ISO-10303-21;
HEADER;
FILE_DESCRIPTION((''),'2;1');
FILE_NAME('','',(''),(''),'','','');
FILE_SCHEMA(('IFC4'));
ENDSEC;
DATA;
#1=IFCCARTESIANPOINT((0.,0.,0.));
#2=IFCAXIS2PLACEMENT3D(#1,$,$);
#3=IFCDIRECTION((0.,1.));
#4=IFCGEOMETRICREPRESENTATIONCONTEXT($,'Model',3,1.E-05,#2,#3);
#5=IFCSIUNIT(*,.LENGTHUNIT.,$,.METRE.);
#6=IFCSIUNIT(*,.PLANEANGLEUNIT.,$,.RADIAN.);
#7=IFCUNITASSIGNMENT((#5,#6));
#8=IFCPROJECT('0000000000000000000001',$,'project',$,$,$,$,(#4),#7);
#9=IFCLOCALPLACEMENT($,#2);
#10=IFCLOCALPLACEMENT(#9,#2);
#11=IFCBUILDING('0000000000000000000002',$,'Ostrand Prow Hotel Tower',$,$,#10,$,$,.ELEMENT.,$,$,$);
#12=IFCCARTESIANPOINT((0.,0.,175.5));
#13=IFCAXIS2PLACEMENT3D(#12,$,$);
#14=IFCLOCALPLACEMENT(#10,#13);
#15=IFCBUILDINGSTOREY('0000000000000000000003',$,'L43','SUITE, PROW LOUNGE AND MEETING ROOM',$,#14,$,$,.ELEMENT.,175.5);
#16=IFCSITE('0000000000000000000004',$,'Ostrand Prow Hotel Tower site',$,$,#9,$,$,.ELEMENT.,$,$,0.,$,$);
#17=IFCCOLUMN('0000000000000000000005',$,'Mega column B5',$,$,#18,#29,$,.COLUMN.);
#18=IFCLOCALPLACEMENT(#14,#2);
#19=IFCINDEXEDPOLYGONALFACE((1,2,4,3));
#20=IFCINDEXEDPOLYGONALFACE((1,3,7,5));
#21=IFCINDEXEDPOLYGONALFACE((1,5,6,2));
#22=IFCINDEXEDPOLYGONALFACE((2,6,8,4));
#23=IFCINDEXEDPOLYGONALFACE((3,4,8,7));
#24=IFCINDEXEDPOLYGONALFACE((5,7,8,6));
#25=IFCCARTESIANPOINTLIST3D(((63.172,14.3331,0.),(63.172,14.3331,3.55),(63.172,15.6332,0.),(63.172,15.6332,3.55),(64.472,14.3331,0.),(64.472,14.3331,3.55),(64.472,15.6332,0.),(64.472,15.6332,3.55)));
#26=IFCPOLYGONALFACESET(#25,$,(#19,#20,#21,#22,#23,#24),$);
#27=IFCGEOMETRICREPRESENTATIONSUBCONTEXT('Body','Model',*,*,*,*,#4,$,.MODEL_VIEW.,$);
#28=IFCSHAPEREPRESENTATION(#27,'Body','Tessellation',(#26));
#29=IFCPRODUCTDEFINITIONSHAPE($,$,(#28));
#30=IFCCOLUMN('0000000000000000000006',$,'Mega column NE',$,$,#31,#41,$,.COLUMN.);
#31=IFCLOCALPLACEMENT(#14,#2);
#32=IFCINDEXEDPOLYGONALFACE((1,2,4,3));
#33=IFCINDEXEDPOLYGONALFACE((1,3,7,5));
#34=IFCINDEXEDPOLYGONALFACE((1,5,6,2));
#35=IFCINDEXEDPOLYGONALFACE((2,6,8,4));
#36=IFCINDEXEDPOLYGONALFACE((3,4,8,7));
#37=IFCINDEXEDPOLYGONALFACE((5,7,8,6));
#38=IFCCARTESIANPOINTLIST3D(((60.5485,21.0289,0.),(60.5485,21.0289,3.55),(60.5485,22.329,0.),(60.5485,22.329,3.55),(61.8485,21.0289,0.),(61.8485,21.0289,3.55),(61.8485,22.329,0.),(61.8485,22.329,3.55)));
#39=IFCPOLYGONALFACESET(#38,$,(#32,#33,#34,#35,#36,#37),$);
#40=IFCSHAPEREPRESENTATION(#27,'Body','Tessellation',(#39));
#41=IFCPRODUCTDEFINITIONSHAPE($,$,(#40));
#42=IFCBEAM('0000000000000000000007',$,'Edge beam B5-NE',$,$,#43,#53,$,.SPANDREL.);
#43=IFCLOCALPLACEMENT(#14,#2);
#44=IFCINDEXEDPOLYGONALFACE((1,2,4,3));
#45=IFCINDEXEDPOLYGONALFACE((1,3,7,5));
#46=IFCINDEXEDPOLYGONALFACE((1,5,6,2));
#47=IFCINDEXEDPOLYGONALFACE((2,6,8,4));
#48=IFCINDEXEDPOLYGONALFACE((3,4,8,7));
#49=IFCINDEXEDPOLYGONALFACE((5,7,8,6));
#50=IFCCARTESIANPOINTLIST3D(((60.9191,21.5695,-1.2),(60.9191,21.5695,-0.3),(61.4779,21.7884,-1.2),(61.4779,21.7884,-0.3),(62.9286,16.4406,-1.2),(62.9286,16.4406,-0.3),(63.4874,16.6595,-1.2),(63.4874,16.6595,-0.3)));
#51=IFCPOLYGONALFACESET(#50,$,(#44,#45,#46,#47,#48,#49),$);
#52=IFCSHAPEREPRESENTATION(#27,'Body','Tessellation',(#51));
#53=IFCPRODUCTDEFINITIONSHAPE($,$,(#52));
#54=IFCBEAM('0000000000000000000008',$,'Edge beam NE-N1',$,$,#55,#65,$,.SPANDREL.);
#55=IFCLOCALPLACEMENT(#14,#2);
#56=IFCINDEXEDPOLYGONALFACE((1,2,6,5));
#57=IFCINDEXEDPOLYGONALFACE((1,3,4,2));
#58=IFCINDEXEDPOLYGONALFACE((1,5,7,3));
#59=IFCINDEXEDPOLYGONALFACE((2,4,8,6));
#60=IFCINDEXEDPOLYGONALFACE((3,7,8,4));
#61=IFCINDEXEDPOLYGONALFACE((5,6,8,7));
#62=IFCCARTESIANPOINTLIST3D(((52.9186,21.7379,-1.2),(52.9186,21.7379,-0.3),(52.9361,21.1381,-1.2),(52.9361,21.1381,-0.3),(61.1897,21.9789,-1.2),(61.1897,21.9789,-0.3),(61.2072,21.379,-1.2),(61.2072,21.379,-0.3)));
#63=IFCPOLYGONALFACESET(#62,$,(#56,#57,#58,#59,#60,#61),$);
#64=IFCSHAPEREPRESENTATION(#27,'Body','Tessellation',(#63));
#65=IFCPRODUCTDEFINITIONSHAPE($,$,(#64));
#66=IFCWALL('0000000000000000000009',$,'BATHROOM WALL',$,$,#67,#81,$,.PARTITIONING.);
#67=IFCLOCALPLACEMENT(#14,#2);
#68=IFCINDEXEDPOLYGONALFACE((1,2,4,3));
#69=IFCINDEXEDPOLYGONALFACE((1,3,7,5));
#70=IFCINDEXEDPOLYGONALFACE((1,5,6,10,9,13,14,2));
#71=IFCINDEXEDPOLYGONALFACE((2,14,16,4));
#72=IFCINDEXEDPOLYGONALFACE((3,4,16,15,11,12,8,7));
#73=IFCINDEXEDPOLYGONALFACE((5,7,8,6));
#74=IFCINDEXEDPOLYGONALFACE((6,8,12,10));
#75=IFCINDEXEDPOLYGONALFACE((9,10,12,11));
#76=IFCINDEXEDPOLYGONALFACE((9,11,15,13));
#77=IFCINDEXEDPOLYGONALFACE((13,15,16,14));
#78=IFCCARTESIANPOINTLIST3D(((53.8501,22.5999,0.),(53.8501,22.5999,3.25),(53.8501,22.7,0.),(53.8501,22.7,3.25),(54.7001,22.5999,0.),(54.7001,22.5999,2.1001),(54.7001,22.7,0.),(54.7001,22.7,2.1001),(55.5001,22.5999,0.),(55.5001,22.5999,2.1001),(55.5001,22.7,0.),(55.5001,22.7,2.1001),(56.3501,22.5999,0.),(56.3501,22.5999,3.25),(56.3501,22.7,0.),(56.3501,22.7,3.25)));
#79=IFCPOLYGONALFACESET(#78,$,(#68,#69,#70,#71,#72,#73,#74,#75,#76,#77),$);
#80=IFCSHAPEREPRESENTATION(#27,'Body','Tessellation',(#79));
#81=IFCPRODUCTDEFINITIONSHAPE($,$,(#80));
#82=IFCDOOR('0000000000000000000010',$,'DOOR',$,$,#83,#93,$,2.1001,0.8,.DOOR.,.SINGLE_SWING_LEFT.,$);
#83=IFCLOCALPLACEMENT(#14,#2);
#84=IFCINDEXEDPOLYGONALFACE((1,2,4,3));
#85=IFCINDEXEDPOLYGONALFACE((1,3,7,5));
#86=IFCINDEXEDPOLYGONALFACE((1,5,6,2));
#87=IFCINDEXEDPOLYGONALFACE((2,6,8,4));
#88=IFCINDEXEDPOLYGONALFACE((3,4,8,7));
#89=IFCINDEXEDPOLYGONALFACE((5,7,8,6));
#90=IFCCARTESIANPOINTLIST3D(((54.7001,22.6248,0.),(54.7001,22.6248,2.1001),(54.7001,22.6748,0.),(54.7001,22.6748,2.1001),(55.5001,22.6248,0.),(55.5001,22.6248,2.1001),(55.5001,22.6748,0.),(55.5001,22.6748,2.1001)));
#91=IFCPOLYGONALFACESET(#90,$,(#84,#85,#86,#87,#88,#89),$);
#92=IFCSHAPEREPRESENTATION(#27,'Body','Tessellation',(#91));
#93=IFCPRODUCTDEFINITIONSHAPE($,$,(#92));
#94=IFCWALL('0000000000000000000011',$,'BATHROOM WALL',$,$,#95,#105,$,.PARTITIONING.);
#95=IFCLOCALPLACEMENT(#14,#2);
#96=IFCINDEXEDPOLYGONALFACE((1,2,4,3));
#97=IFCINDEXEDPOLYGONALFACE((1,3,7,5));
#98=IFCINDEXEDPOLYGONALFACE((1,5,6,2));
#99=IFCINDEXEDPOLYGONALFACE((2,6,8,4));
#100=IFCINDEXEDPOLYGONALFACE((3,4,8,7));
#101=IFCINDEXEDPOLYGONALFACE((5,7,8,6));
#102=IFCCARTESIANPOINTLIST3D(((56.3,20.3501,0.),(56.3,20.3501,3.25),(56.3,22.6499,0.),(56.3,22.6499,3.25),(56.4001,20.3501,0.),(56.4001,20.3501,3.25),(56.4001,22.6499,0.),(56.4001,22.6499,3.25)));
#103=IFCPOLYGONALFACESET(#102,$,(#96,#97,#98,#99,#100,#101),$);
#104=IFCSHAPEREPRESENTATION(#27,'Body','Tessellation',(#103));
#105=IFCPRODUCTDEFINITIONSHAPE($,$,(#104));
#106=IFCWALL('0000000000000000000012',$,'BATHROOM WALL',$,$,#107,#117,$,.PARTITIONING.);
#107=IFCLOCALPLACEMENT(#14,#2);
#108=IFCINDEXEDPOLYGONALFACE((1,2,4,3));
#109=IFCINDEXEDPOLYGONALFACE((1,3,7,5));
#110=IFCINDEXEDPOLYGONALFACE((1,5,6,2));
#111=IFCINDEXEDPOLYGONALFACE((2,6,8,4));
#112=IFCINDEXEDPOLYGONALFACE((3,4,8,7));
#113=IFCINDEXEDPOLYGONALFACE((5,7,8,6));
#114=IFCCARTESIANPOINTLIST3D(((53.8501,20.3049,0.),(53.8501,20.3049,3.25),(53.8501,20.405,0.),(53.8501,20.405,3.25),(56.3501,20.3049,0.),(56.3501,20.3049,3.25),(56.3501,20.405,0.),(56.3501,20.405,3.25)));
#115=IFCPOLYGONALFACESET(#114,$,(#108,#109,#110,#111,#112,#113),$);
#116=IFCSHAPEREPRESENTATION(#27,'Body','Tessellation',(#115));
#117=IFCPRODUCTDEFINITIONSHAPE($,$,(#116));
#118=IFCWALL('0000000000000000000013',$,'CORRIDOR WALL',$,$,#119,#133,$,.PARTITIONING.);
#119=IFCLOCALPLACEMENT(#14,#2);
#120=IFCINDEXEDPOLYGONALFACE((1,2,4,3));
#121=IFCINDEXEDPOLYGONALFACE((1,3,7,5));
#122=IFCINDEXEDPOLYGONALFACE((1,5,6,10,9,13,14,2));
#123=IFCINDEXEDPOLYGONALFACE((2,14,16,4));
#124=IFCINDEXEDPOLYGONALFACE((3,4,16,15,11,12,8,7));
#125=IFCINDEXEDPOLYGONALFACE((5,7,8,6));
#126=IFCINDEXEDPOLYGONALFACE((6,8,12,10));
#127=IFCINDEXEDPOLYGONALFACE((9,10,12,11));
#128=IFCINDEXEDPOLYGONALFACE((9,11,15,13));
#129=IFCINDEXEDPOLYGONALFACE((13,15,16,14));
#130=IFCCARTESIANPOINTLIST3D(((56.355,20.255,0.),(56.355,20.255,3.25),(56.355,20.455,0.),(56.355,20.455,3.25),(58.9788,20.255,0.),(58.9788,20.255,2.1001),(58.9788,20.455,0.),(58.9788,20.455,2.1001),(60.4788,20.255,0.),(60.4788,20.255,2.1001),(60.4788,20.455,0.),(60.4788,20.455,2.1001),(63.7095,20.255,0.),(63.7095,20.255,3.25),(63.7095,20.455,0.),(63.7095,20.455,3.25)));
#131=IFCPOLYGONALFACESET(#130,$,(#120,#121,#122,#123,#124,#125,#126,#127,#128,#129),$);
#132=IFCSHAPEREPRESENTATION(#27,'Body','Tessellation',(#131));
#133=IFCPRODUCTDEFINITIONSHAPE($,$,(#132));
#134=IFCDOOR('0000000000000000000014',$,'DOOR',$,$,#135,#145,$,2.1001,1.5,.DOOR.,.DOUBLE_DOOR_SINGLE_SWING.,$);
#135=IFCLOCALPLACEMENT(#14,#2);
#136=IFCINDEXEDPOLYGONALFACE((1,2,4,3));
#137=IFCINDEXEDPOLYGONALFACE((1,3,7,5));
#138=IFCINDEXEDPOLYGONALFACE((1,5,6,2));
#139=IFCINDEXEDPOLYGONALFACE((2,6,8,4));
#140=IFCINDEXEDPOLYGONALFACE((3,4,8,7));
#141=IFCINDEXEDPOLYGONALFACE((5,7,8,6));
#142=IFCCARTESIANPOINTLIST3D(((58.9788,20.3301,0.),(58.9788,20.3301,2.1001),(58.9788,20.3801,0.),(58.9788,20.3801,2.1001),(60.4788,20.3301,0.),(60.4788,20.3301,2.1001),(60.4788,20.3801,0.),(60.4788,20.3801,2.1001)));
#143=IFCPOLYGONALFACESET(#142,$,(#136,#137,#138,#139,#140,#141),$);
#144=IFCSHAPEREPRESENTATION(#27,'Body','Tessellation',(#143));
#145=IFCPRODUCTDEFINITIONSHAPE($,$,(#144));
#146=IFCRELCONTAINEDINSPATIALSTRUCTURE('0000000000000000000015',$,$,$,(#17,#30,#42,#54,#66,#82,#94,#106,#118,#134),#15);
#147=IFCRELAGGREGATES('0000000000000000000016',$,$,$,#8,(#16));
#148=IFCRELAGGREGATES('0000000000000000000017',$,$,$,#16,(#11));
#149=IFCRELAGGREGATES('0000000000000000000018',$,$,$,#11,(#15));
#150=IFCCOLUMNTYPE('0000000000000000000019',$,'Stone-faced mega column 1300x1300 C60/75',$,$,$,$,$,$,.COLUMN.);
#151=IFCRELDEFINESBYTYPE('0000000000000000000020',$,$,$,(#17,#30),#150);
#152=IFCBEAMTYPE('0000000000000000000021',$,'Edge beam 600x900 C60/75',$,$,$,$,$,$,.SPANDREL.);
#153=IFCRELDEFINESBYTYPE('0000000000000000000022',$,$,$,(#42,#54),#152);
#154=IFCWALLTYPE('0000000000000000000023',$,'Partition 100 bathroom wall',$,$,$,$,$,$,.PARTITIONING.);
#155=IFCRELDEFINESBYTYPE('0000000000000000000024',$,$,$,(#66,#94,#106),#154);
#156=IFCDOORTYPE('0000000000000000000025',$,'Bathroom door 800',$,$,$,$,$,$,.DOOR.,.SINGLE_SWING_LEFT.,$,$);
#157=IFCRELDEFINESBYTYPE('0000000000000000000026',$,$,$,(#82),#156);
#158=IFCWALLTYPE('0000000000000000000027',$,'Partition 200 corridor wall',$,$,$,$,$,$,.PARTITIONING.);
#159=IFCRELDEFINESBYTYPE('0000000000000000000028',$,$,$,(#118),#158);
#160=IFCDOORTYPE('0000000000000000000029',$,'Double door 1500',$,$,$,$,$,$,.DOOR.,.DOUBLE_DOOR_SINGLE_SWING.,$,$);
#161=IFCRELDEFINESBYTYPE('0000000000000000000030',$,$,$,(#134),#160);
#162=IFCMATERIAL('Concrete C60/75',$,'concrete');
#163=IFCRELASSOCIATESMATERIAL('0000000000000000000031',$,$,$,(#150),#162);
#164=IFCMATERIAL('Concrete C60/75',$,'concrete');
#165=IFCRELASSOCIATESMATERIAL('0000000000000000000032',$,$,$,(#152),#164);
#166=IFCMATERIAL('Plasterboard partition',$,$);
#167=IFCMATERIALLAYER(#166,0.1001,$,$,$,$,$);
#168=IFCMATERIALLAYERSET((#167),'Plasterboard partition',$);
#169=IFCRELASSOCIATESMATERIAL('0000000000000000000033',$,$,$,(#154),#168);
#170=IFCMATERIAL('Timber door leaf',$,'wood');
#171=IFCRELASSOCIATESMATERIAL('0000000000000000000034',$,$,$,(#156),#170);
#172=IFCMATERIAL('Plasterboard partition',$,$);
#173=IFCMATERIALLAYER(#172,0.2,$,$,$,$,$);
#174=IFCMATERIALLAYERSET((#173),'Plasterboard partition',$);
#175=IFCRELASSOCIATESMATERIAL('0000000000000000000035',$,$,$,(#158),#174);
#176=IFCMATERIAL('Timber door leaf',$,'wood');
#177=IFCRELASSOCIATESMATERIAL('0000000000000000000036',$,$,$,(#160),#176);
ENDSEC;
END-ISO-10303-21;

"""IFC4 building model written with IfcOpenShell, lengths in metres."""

from ifc_helpers import new_model, si_unit, direction, frame, frame_2d, origin, origin_2d, place, context, subcontext, project, spatial, rectangle, extrude, material, layer, layer_set, material_profile, profile_set, type_object, element, fill, save


model = new_model("IFC4")

# Units and contexts
model_context = context("Model", 3, precision=1e-05, world=origin(), true_north=direction((0.0, 1.0)))
body_context = subcontext(model_context, "Body", "Model", "MODEL_VIEW")
ifc_project = project(units=[si_unit("LENGTHUNIT", "METRE"), si_unit("PLANEANGLEUNIT", "RADIAN")], contexts=[model_context])

# Site, building, storey
site_placement = place(None, origin())
site = spatial("IfcSite", under=ifc_project, at=site_placement, Name="Ostrand Prow Hotel Tower site", CompositionType="ELEMENT", RefElevation=0.0)
building_placement = place(site_placement, origin())
building = spatial("IfcBuilding", under=site, at=building_placement, Name="Ostrand Prow Hotel Tower", CompositionType="ELEMENT")
storey_placement = place(building_placement, frame((0.0, 0.0, 175.5)))
storey = spatial("IfcBuildingStorey", under=building, at=storey_placement, Name="L43", Description="SUITE, PROW LOUNGE AND MEETING ROOM", CompositionType="ELEMENT", Elevation=175.5)

# Columns
ifc_material_1 = material(Name="Concrete C60/75", Category="concrete")
ifc_material_profile_1 = material_profile(ifc_material_1, rectangle(XDim=1.3, YDim=1.3, at=origin_2d()), Name="RC 1300x1300")
ifc_profile_set_1 = profile_set([ifc_material_profile_1], Name="Concrete C60/75")
column_type = type_object("IfcColumnType", Name="Stone-faced mega column 1300x1300 C60/75", PredefinedType="COLUMN", material=ifc_profile_set_1)
for number, where, z_axis, x_axis, name in (
    (1, (63.822, 14.9832, 0.0), (0.0, 0.0, 1.0), (1.0, 0.0, 0.0), "Mega column B5"),
    (2, (61.1985, 21.679, 0.0), (0.0, 0.0, 1.0), (1.0, 0.0, 0.0), "Mega column NE"),
):
    element("IfcColumn", number, at=place(storey_placement, frame(where, z_axis=z_axis, x_axis=x_axis)), inside=storey, type_object=column_type, Name=name, PredefinedType="COLUMN", context=body_context, shape_type="SweptSolid", body=[
        extrude(rectangle(XDim=1.3, YDim=1.3, at=origin_2d()), origin(), (0.0, 0.0, 1.0), 3.55),
    ])

# Beams
ifc_material_2 = material(Name="Concrete C60/75", Category="concrete")
ifc_material_profile_2 = material_profile(ifc_material_2, rectangle(XDim=0.6001, YDim=0.8999, at=origin_2d()), Name="RC 600x900")
ifc_profile_set_2 = profile_set([ifc_material_profile_2], Name="Concrete C60/75")
beam_type = type_object("IfcBeamType", Name="Edge beam 600x900 C60/75", PredefinedType="SPANDREL", material=ifc_profile_set_2)
beam_1_placement = place(storey_placement, frame((63.208, 16.55, -0.75), z_axis=(-0.364802, 0.931085, 0.0), x_axis=(-0.931085, -0.364802, 0.0)))
element("IfcBeam", 3, at=beam_1_placement, inside=storey, type_object=beam_type, Name="Edge beam B5-NE", PredefinedType="SPANDREL", context=body_context, shape_type="SweptSolid", body=[
    extrude(rectangle(XDim=0.6001, YDim=0.8999, at=origin_2d()), origin(), (0.0, 0.0, 1.0), 5.5085),
])
beam_2_placement = place(storey_placement, frame((61.1985, 21.679, -0.75), z_axis=(-0.999576, -0.029121, 0.0), x_axis=(0.029121, -0.999576, 0.0)))
element("IfcBeam", 4, at=beam_2_placement, inside=storey, type_object=beam_type, Name="Edge beam NE-N1", PredefinedType="SPANDREL", context=body_context, shape_type="SweptSolid", body=[
    extrude(rectangle(XDim=0.6001, YDim=0.8999, at=origin_2d()), origin(), (0.0, 0.0, 1.0), 8.2747),
])

# Wall, opening, door
ifc_material_3 = material(Name="Plasterboard partition")
ifc_layer_1 = layer(ifc_material_3, 0.1001)
ifc_layer_set_1 = layer_set([ifc_layer_1], Name="Plasterboard partition")
wall_type_1 = type_object("IfcWallType", Name="Partition 100 bathroom wall", PredefinedType="PARTITIONING", material=ifc_layer_set_1)
wall_1_placement = place(storey_placement, frame((53.8501, 22.6499, 0.0), z_axis=(0.0, 0.0, 1.0), x_axis=(1.0, 0.0, 0.0)))
wall_1 = element("IfcWall", 5, at=wall_1_placement, inside=storey, type_object=wall_type_1, Name="BATHROOM WALL", PredefinedType="PARTITIONING", context=body_context, shape_type="SweptSolid", body=[
    extrude(rectangle(XDim=2.5, YDim=0.1001, at=frame_2d((1.25, 0.0))), origin(), (0.0, 0.0, 1.0), 3.25),
])
opening_1_placement = place(wall_1_placement, frame((0.8501, 0.0, 0.0)))
opening_1 = element("IfcOpeningElement", 6, at=opening_1_placement, cuts=wall_1, PredefinedType="OPENING", context=body_context, shape_type="SweptSolid", body=[
    extrude(rectangle(XDim=0.8, YDim=2.1001, at=frame_2d((0.3999, 1.05))), frame((0.0, 0.0601, 0.0), z_axis=(0.0, -1.0, 0.0), x_axis=(1.0, 0.0, 0.0)), (0.0, 0.0, 1.0), 0.1201),
])
ifc_material_4 = material(Name="Timber door leaf", Category="wood")
door_type_1 = type_object("IfcDoorType", Name="Bathroom door 800", OperationType="SINGLE_SWING_LEFT", PredefinedType="DOOR", material=ifc_material_4)
door_1_placement = place(opening_1_placement, origin())
door_1 = element("IfcDoor", 7, at=door_1_placement, inside=storey, type_object=door_type_1, Name="DOOR", OperationType="SINGLE_SWING_LEFT", OverallHeight=2.1001, OverallWidth=0.8, PredefinedType="DOOR", context=body_context, shape_type="SweptSolid", body=[
    extrude(rectangle(XDim=0.8, YDim=2.1001, at=frame_2d((0.3999, 1.05))), frame((0.0, 0.0249, 0.0), z_axis=(0.0, -1.0, 0.0), x_axis=(1.0, 0.0, 0.0)), (0.0, 0.0, 1.0), 0.05),
])
fill(opening_1, door_1)

# Walls
wall_2_placement = place(storey_placement, frame((56.3501, 22.6499, 0.0), z_axis=(0.0, 0.0, 1.0), x_axis=(0.0, -1.0, 0.0)))
element("IfcWall", 8, at=wall_2_placement, inside=storey, type_object=wall_type_1, Name="BATHROOM WALL", PredefinedType="PARTITIONING", context=body_context, shape_type="SweptSolid", body=[
    extrude(rectangle(XDim=2.2998, YDim=0.1001, at=frame_2d((1.1499, 0.0))), origin(), (0.0, 0.0, 1.0), 3.25),
])
wall_3_placement = place(storey_placement, frame((56.3501, 20.355, 0.0), z_axis=(0.0, 0.0, 1.0), x_axis=(-1.0, 0.0, 0.0)))
element("IfcWall", 9, at=wall_3_placement, inside=storey, type_object=wall_type_1, Name="BATHROOM WALL", PredefinedType="PARTITIONING", context=body_context, shape_type="SweptSolid", body=[
    extrude(rectangle(XDim=2.5, YDim=0.1001, at=frame_2d((1.25, 0.0))), origin(), (0.0, 0.0, 1.0), 3.25),
])

# Wall, opening, door
ifc_material_5 = material(Name="Plasterboard partition")
ifc_layer_2 = layer(ifc_material_5, 0.2)
ifc_layer_set_2 = layer_set([ifc_layer_2], Name="Plasterboard partition")
wall_type_2 = type_object("IfcWallType", Name="Partition 200 corridor wall", PredefinedType="PARTITIONING", material=ifc_layer_set_2)
wall_4_placement = place(storey_placement, frame((63.7095, 20.355, 0.0), z_axis=(0.0, 0.0, 1.0), x_axis=(-1.0, 0.0, 0.0)))
wall_4 = element("IfcWall", 10, at=wall_4_placement, inside=storey, type_object=wall_type_2, Name="CORRIDOR WALL", PredefinedType="PARTITIONING", context=body_context, shape_type="SweptSolid", body=[
    extrude(rectangle(XDim=7.3545, YDim=0.2, at=frame_2d((3.6772, 0.0))), origin(), (0.0, 0.0, 1.0), 3.25),
])
opening_2_placement = place(wall_4_placement, frame((3.2307, 0.0, 0.0)))
opening_2 = element("IfcOpeningElement", 11, at=opening_2_placement, cuts=wall_4, PredefinedType="OPENING", context=body_context, shape_type="SweptSolid", body=[
    extrude(rectangle(XDim=1.5, YDim=2.1001, at=frame_2d((0.75, 1.05))), frame((0.0, 0.1099, 0.0), z_axis=(0.0, -1.0, 0.0), x_axis=(1.0, 0.0, 0.0)), (0.0, 0.0, 1.0), 0.22),
])
ifc_material_6 = material(Name="Timber door leaf", Category="wood")
door_type_2 = type_object("IfcDoorType", Name="Double door 1500", OperationType="DOUBLE_DOOR_SINGLE_SWING", PredefinedType="DOOR", material=ifc_material_6)
door_2_placement = place(opening_2_placement, origin())
door_2 = element("IfcDoor", 12, at=door_2_placement, inside=storey, type_object=door_type_2, Name="DOOR", OperationType="DOUBLE_DOOR_SINGLE_SWING", OverallHeight=2.1001, OverallWidth=1.5, PredefinedType="DOOR", context=body_context, shape_type="SweptSolid", body=[
    extrude(rectangle(XDim=1.5, YDim=2.1001, at=frame_2d((0.75, 1.05))), frame((0.0, 0.0249, 0.0), z_axis=(0.0, -1.0, 0.0), x_axis=(1.0, 0.0, 0.0)), (0.0, 0.0, 1.0), 0.05),
])
fill(opening_2, door_2)

save(model, "model.ifc")
